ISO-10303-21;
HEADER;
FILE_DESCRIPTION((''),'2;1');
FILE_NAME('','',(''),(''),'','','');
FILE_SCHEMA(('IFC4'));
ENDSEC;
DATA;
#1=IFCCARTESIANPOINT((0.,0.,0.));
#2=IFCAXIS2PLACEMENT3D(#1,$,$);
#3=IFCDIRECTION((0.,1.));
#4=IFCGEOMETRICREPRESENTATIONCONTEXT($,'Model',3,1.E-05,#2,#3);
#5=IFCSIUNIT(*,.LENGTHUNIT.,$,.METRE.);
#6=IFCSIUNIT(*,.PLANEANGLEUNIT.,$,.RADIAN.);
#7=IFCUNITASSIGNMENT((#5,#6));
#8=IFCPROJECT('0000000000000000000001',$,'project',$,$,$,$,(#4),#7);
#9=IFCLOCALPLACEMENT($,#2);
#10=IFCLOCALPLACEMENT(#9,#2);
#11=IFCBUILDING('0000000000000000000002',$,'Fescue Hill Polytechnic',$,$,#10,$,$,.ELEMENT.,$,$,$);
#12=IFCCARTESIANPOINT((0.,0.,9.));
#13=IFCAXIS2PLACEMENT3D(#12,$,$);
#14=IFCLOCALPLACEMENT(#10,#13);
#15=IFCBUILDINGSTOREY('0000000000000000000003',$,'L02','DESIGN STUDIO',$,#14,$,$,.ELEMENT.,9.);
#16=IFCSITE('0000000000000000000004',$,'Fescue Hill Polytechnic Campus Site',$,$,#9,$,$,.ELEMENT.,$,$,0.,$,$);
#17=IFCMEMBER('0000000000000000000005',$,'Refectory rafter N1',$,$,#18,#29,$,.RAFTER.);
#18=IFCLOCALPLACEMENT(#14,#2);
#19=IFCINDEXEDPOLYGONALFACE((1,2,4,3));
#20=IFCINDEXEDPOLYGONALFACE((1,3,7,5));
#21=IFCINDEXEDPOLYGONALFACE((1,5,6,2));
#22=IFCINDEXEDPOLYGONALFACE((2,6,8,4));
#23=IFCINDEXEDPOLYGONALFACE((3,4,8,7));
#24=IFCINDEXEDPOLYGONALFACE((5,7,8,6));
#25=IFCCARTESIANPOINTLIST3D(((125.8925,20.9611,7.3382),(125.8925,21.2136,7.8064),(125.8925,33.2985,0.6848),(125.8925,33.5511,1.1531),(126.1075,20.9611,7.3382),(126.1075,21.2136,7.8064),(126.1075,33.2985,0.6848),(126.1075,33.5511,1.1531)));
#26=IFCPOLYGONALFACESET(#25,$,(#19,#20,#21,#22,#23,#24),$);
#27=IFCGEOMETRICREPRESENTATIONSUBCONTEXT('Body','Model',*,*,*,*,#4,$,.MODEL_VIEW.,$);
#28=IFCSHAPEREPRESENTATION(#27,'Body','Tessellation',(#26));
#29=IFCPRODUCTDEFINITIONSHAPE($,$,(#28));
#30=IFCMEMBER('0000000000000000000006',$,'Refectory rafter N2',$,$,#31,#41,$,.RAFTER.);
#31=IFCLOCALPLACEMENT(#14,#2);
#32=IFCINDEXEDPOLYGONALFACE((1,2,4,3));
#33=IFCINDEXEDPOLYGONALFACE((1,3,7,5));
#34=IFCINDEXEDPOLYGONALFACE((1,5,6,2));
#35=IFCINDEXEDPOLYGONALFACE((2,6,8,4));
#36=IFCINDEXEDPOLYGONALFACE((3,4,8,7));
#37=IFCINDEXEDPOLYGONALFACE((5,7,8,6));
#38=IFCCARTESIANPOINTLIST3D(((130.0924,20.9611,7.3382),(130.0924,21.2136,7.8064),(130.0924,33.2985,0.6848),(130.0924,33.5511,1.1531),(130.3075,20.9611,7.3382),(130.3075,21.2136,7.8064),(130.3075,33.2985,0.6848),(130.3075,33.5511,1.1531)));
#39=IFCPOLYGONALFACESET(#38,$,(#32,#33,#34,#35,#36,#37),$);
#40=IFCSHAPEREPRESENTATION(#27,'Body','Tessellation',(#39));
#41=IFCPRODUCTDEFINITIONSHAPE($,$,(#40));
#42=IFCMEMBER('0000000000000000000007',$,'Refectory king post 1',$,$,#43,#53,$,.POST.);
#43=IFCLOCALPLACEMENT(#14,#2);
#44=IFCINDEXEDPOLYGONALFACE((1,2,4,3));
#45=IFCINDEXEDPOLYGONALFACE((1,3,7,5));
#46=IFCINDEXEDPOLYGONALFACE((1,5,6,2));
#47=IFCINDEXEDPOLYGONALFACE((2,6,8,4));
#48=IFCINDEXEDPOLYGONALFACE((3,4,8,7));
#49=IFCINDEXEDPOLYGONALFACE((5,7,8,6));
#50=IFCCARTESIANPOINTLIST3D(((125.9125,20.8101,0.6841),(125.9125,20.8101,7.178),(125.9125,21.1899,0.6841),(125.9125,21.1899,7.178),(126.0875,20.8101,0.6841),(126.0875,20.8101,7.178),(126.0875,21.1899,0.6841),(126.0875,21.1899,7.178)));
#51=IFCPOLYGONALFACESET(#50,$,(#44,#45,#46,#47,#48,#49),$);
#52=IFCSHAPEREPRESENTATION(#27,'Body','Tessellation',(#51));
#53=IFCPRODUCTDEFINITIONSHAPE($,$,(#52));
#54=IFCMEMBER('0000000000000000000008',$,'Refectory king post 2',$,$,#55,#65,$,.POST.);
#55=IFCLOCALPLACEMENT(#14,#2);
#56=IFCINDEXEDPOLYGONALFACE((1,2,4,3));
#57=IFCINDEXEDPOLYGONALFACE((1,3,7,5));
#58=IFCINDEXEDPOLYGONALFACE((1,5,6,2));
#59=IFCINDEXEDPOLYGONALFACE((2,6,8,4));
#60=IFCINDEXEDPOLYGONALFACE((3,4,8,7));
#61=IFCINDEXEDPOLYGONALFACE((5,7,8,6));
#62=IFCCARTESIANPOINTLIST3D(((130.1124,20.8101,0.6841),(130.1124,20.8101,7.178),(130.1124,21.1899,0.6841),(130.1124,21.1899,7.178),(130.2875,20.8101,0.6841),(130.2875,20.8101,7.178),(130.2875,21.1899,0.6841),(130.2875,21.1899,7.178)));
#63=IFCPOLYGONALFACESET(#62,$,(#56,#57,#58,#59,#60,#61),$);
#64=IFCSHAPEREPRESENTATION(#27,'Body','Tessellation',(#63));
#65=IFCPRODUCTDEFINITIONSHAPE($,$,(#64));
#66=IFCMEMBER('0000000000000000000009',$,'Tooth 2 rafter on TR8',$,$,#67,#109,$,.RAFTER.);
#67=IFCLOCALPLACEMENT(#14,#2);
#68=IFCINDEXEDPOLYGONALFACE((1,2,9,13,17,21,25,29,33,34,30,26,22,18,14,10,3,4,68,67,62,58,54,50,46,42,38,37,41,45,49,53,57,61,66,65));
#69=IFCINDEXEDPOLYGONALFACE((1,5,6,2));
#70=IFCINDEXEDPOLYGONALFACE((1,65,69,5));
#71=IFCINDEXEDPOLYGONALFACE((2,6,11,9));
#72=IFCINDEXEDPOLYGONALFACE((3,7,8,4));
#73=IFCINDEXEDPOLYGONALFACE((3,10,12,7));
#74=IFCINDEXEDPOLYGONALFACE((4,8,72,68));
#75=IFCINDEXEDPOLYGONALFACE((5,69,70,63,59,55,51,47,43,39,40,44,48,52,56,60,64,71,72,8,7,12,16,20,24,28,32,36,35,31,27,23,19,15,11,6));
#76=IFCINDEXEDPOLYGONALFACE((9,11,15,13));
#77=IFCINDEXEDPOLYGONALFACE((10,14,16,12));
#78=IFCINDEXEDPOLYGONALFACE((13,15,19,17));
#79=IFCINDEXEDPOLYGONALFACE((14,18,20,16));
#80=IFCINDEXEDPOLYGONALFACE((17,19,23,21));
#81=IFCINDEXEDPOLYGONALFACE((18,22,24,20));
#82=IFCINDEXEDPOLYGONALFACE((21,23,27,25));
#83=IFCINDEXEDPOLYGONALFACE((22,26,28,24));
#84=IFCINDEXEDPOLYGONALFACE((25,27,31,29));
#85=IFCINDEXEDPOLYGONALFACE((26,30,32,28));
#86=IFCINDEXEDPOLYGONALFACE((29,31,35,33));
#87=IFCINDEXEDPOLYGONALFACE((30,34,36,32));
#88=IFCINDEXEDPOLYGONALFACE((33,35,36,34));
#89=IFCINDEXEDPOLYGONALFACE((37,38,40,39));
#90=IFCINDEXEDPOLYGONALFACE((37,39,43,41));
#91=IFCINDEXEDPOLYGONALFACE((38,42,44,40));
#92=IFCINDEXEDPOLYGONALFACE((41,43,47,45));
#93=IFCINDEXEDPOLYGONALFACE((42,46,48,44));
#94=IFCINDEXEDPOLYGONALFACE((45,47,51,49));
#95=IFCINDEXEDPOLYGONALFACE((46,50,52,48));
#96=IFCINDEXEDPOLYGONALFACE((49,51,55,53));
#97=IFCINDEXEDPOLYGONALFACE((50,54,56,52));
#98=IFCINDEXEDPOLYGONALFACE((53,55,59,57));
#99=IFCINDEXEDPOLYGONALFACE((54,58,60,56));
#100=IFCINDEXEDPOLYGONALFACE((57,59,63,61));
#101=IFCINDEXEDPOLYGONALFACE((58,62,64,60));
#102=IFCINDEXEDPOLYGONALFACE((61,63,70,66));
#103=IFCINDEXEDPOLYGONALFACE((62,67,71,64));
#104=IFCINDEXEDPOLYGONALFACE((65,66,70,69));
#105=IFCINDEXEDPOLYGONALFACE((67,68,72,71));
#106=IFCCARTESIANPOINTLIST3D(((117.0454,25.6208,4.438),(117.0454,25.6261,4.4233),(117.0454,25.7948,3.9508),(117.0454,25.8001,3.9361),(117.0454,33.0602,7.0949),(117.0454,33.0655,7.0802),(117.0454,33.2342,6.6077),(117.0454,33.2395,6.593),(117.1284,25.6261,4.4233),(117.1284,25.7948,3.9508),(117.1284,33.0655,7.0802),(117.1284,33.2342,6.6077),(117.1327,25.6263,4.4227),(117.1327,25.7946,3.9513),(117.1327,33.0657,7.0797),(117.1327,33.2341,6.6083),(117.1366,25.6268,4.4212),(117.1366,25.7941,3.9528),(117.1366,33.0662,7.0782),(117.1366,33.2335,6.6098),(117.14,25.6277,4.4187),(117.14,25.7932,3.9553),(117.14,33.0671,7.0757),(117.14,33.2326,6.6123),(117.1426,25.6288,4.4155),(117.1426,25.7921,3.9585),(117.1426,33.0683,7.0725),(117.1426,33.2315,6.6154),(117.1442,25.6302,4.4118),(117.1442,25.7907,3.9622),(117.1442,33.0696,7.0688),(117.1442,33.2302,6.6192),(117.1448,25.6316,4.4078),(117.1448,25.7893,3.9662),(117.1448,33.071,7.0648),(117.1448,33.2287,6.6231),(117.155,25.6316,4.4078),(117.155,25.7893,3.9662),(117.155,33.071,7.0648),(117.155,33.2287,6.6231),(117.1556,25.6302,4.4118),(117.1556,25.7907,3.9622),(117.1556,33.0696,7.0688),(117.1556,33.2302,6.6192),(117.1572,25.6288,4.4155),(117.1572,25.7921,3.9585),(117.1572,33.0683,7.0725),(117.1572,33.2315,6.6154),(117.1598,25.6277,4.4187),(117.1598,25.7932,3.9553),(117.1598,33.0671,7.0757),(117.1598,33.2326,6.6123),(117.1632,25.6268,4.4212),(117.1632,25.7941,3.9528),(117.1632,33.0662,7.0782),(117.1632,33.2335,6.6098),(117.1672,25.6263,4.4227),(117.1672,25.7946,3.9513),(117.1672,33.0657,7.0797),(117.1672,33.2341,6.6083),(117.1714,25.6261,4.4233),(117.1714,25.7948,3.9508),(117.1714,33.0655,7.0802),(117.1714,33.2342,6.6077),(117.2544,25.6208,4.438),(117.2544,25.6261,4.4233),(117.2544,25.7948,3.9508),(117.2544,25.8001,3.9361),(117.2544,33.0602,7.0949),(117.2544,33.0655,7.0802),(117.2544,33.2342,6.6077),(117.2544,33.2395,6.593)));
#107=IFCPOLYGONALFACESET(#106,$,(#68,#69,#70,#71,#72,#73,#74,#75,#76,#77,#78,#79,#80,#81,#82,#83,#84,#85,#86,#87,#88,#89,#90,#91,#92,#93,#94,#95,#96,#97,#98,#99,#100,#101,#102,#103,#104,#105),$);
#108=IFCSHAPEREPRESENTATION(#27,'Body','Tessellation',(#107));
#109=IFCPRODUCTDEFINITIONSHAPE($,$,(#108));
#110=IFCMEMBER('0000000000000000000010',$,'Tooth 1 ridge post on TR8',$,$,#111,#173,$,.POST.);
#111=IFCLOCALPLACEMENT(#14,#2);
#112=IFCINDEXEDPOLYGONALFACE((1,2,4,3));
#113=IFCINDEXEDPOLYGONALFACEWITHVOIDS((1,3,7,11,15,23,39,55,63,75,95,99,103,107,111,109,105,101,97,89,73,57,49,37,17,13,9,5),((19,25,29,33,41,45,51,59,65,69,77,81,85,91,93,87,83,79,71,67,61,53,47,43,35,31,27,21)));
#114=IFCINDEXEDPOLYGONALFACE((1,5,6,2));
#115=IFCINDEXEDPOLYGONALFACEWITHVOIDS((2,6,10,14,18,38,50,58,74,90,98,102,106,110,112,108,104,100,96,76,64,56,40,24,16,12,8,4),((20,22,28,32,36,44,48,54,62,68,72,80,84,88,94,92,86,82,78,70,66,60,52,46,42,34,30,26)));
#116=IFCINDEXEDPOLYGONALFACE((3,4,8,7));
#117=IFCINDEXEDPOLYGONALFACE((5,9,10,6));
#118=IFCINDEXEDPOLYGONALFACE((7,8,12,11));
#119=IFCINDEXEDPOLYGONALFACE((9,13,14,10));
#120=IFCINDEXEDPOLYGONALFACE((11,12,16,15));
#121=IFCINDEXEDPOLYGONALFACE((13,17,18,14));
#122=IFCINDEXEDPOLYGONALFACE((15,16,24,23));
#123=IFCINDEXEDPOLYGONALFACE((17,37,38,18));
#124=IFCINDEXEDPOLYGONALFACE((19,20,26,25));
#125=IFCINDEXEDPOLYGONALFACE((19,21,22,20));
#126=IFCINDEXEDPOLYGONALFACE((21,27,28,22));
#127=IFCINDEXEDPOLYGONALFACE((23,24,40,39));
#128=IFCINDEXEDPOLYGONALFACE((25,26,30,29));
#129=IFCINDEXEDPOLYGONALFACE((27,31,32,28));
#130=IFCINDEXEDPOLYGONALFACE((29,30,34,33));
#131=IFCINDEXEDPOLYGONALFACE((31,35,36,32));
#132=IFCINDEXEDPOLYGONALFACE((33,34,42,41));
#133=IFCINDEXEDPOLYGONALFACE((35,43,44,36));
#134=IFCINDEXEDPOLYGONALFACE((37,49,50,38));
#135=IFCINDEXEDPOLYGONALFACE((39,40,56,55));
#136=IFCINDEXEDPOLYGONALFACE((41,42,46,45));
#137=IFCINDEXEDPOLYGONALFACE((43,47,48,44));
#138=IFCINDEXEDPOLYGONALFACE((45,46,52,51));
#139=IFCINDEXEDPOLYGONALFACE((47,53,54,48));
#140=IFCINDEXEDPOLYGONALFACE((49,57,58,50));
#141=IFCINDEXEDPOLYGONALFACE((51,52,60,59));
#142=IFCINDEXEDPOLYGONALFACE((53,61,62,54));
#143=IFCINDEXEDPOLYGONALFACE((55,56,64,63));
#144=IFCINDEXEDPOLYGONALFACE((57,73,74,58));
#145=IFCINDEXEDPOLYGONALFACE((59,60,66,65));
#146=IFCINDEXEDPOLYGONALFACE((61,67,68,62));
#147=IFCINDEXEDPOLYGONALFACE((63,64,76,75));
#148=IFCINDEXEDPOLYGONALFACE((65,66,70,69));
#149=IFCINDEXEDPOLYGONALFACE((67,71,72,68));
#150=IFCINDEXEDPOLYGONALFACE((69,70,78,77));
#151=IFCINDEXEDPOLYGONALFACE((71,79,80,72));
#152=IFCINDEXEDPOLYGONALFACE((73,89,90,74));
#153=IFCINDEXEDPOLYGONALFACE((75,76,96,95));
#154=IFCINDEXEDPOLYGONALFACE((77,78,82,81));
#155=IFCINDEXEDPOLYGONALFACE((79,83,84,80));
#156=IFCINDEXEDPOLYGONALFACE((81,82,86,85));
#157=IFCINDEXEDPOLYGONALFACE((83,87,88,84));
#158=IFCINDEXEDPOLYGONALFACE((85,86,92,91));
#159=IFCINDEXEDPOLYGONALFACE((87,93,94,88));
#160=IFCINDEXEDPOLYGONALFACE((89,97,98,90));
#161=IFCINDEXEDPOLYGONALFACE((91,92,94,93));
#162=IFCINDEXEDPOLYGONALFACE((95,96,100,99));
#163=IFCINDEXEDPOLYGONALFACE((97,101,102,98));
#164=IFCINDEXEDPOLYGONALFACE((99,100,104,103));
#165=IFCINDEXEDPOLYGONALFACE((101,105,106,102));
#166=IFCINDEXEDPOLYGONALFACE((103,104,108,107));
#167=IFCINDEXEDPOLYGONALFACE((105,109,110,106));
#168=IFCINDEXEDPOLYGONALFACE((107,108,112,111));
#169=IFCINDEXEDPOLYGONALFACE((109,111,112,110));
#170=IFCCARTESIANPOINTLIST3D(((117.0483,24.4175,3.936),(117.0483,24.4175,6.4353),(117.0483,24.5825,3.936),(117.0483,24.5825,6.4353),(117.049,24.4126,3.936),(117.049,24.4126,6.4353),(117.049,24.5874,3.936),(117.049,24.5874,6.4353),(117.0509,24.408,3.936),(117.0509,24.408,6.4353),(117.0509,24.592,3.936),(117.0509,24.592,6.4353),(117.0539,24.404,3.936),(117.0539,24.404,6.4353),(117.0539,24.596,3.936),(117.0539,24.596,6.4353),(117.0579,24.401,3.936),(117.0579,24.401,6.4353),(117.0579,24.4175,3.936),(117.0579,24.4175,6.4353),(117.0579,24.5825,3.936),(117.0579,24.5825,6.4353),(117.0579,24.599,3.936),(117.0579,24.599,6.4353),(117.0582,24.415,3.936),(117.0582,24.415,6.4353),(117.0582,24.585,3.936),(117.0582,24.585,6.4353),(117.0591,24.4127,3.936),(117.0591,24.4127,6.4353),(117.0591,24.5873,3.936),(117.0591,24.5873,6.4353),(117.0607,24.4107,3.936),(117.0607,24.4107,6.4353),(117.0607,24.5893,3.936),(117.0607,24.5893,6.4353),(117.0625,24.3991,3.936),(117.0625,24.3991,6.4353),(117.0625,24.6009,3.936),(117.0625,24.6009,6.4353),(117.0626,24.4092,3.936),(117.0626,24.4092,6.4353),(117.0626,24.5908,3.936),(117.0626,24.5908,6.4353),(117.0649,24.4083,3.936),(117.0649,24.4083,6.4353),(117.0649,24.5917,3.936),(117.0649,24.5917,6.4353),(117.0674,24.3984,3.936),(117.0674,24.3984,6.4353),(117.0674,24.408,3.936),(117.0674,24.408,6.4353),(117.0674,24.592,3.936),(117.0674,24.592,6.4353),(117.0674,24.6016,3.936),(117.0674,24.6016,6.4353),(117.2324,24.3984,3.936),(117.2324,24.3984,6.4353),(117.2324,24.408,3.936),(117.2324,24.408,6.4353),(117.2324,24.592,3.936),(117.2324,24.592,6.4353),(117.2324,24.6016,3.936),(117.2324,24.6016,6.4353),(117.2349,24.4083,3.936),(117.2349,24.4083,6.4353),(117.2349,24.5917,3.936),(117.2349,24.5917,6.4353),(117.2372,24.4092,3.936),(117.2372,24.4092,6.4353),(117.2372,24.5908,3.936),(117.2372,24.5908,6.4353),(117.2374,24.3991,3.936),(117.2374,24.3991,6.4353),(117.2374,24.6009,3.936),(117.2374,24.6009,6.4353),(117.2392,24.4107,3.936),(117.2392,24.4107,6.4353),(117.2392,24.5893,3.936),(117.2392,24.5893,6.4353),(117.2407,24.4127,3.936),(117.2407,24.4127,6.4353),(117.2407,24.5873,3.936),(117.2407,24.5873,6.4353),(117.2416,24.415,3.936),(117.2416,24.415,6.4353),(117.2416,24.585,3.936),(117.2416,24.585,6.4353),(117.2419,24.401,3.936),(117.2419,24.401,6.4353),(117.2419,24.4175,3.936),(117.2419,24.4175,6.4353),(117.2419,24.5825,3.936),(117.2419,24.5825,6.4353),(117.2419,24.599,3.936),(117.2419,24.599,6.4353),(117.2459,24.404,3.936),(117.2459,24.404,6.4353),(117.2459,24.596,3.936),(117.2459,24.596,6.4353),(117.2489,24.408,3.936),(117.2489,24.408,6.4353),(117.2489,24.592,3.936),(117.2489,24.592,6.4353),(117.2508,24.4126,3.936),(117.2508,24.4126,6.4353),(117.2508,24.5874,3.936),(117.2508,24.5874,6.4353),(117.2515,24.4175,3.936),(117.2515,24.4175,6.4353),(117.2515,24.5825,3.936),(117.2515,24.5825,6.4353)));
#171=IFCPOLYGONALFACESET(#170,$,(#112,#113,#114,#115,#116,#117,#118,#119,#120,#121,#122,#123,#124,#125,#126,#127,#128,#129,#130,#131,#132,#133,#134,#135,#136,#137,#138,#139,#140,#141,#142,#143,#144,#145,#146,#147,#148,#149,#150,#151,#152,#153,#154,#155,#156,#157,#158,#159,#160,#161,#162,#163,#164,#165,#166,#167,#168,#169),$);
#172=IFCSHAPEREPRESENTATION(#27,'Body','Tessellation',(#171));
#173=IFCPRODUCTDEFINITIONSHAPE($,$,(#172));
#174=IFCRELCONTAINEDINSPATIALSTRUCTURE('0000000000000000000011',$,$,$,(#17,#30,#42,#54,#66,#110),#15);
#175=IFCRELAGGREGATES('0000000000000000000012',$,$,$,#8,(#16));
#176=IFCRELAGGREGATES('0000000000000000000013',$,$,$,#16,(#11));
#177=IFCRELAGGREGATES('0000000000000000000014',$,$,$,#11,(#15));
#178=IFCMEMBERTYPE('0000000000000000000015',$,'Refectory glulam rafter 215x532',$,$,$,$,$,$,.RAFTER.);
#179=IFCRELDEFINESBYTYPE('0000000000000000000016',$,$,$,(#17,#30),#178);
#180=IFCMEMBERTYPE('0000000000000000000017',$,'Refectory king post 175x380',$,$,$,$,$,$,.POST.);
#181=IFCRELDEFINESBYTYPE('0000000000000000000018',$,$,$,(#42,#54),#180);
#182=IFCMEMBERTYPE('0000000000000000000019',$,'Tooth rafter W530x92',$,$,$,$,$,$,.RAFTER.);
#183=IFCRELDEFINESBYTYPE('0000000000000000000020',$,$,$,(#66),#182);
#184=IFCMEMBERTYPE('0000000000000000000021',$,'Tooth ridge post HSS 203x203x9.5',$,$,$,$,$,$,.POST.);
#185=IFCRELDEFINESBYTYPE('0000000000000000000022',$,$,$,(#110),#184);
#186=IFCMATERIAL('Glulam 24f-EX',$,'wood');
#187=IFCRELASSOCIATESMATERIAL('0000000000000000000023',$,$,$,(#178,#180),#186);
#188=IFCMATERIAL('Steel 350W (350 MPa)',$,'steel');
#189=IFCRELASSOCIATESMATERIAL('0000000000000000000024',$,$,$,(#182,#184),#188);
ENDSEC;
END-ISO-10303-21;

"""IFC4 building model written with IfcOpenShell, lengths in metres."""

from ifc_helpers import new_model, si_unit, direction, frame, origin, origin_2d, place, context, subcontext, project, spatial, rectangle, hollow_rectangle, i_section, extrude, material, material_profile, profile_set, type_object, element, save


model = new_model("IFC4")

# Units and contexts
model_context = context("Model", 3, precision=1e-05, world=origin(), true_north=direction((0.0, 1.0)))
body_context = subcontext(model_context, "Body", "Model", "MODEL_VIEW")
ifc_project = project(units=[si_unit("LENGTHUNIT", "METRE"), si_unit("PLANEANGLEUNIT", "RADIAN")], contexts=[model_context])

# Site, building, storey
site_placement = place(None, origin())
site = spatial("IfcSite", under=ifc_project, at=site_placement, Name="Fescue Hill Polytechnic Campus Site", CompositionType="ELEMENT", RefElevation=0.0)
building_placement = place(site_placement, origin())
building = spatial("IfcBuilding", under=site, at=building_placement, Name="Fescue Hill Polytechnic", CompositionType="ELEMENT")
storey_placement = place(building_placement, frame((0.0, 0.0, 9.0)))
storey = spatial("IfcBuildingStorey", under=building, at=storey_placement, Name="L02", Description="DESIGN STUDIO", CompositionType="ELEMENT", Elevation=9.0)

# Members
ifc_material_1 = material(Name="Steel 350W (350 MPa)", Category="steel")
ifc_material_2 = material(Name="Glulam 24f-EX", Category="wood")
ifc_material_profile_1 = material_profile(ifc_material_2, rectangle(XDim=0.2151, YDim=0.532, at=origin_2d()), Name="Refectory glulam rafter 215x532")
ifc_profile_set_1 = profile_set([ifc_material_profile_1], Name="Glulam 24f-EX")
member_type_1 = type_object("IfcMemberType", Name="Refectory glulam rafter 215x532", PredefinedType="RAFTER", material=ifc_profile_set_1)
for number, where, z_axis, x_axis, name in (
    (1, (126.0, 33.4248, 0.9189), (0.0, -0.88017, 0.474659), (1.0, 0.0, 0.0), "Refectory rafter N1"),
    (2, (130.2, 33.4248, 0.9189), (0.0, -0.88017, 0.474659), (1.0, 0.0, 0.0), "Refectory rafter N2"),
):
    element("IfcMember", number, at=place(storey_placement, frame(where, z_axis=z_axis, x_axis=x_axis)), inside=storey, type_object=member_type_1, Name=name, PredefinedType="RAFTER", context=body_context, shape_type="SweptSolid", body=[
        extrude(rectangle(XDim=0.2151, YDim=0.532, at=origin_2d()), origin(), (0.0, 0.0, 1.0), 14.0171),
    ])
ifc_material_profile_2 = material_profile(ifc_material_2, rectangle(XDim=0.175, YDim=0.3799, at=origin_2d()), Name="Refectory king post 175x380")
ifc_profile_set_2 = profile_set([ifc_material_profile_2], Name="Glulam 24f-EX")
member_type_2 = type_object("IfcMemberType", Name="Refectory king post 175x380", PredefinedType="POST", material=ifc_profile_set_2)
for number, where, z_axis, x_axis, name in (
    (3, (126.0, 21.0, 0.6841), (0.0, 0.0, 1.0), (1.0, 0.0, 0.0), "Refectory king post 1"),
    (4, (130.2, 21.0, 0.6841), (0.0, 0.0, 1.0), (1.0, 0.0, 0.0), "Refectory king post 2"),
):
    element("IfcMember", number, at=place(storey_placement, frame(where, z_axis=z_axis, x_axis=x_axis)), inside=storey, type_object=member_type_2, Name=name, PredefinedType="POST", context=body_context, shape_type="SweptSolid", body=[
        extrude(rectangle(XDim=0.175, YDim=0.3799, at=origin_2d()), origin(), (0.0, 0.0, 1.0), 6.4939),
    ])
ifc_material_profile_3 = material_profile(ifc_material_1, i_section(OverallWidth=0.209, OverallDepth=0.533, WebThickness=0.0103, FlangeThickness=0.0156, FilletRadius=0.0164, at=origin_2d()), Name="W530x92")
ifc_profile_set_3 = profile_set([ifc_material_profile_3], Name="Steel 350W (350 MPa)")
member_type_3 = type_object("IfcMemberType", Name="Tooth rafter W530x92", PredefinedType="RAFTER", material=ifc_profile_set_3)
member_1_placement = place(storey_placement, frame((117.1499, 25.7104, 4.187), z_axis=(0.0, 0.941741, 0.33634), x_axis=(-1.0, 0.0, 0.0)))
element("IfcMember", 5, at=member_1_placement, inside=storey, type_object=member_type_3, Name="Tooth 2 rafter on TR8", PredefinedType="RAFTER", context=body_context, shape_type="SweptSolid", body=[
    extrude(i_section(OverallWidth=0.209, OverallDepth=0.533, WebThickness=0.0103, FlangeThickness=0.0156, FilletRadius=0.0164, at=origin_2d()), origin(), (0.0, 0.0, 1.0), 7.8997),
])
ifc_material_profile_4 = material_profile(ifc_material_1, hollow_rectangle(XDim=0.2031, YDim=0.2031, WallThickness=0.0095, InnerFilletRadius=0.0095, OuterFilletRadius=0.019, at=origin_2d()), Name="Tooth ridge post HSS 203x203x9.5")
ifc_profile_set_4 = profile_set([ifc_material_profile_4], Name="Steel 350W (350 MPa)")
member_type_4 = type_object("IfcMemberType", Name="Tooth ridge post HSS 203x203x9.5", PredefinedType="POST", material=ifc_profile_set_4)
for number, where, z_axis, x_axis, name in (
    (6, (117.1499, 24.5, 3.936), (0.0, 0.0, 1.0), (1.0, 0.0, 0.0), "Tooth 1 ridge post on TR8"),
):
    element("IfcMember", number, at=place(storey_placement, frame(where, z_axis=z_axis, x_axis=x_axis)), inside=storey, type_object=member_type_4, Name=name, PredefinedType="POST", context=body_context, shape_type="SweptSolid", body=[
        extrude(hollow_rectangle(XDim=0.2031, YDim=0.2031, WallThickness=0.0095, InnerFilletRadius=0.0095, OuterFilletRadius=0.019, at=origin_2d()), origin(), (0.0, 0.0, 1.0), 2.4993),
    ])

save(model, "model.ifc")
